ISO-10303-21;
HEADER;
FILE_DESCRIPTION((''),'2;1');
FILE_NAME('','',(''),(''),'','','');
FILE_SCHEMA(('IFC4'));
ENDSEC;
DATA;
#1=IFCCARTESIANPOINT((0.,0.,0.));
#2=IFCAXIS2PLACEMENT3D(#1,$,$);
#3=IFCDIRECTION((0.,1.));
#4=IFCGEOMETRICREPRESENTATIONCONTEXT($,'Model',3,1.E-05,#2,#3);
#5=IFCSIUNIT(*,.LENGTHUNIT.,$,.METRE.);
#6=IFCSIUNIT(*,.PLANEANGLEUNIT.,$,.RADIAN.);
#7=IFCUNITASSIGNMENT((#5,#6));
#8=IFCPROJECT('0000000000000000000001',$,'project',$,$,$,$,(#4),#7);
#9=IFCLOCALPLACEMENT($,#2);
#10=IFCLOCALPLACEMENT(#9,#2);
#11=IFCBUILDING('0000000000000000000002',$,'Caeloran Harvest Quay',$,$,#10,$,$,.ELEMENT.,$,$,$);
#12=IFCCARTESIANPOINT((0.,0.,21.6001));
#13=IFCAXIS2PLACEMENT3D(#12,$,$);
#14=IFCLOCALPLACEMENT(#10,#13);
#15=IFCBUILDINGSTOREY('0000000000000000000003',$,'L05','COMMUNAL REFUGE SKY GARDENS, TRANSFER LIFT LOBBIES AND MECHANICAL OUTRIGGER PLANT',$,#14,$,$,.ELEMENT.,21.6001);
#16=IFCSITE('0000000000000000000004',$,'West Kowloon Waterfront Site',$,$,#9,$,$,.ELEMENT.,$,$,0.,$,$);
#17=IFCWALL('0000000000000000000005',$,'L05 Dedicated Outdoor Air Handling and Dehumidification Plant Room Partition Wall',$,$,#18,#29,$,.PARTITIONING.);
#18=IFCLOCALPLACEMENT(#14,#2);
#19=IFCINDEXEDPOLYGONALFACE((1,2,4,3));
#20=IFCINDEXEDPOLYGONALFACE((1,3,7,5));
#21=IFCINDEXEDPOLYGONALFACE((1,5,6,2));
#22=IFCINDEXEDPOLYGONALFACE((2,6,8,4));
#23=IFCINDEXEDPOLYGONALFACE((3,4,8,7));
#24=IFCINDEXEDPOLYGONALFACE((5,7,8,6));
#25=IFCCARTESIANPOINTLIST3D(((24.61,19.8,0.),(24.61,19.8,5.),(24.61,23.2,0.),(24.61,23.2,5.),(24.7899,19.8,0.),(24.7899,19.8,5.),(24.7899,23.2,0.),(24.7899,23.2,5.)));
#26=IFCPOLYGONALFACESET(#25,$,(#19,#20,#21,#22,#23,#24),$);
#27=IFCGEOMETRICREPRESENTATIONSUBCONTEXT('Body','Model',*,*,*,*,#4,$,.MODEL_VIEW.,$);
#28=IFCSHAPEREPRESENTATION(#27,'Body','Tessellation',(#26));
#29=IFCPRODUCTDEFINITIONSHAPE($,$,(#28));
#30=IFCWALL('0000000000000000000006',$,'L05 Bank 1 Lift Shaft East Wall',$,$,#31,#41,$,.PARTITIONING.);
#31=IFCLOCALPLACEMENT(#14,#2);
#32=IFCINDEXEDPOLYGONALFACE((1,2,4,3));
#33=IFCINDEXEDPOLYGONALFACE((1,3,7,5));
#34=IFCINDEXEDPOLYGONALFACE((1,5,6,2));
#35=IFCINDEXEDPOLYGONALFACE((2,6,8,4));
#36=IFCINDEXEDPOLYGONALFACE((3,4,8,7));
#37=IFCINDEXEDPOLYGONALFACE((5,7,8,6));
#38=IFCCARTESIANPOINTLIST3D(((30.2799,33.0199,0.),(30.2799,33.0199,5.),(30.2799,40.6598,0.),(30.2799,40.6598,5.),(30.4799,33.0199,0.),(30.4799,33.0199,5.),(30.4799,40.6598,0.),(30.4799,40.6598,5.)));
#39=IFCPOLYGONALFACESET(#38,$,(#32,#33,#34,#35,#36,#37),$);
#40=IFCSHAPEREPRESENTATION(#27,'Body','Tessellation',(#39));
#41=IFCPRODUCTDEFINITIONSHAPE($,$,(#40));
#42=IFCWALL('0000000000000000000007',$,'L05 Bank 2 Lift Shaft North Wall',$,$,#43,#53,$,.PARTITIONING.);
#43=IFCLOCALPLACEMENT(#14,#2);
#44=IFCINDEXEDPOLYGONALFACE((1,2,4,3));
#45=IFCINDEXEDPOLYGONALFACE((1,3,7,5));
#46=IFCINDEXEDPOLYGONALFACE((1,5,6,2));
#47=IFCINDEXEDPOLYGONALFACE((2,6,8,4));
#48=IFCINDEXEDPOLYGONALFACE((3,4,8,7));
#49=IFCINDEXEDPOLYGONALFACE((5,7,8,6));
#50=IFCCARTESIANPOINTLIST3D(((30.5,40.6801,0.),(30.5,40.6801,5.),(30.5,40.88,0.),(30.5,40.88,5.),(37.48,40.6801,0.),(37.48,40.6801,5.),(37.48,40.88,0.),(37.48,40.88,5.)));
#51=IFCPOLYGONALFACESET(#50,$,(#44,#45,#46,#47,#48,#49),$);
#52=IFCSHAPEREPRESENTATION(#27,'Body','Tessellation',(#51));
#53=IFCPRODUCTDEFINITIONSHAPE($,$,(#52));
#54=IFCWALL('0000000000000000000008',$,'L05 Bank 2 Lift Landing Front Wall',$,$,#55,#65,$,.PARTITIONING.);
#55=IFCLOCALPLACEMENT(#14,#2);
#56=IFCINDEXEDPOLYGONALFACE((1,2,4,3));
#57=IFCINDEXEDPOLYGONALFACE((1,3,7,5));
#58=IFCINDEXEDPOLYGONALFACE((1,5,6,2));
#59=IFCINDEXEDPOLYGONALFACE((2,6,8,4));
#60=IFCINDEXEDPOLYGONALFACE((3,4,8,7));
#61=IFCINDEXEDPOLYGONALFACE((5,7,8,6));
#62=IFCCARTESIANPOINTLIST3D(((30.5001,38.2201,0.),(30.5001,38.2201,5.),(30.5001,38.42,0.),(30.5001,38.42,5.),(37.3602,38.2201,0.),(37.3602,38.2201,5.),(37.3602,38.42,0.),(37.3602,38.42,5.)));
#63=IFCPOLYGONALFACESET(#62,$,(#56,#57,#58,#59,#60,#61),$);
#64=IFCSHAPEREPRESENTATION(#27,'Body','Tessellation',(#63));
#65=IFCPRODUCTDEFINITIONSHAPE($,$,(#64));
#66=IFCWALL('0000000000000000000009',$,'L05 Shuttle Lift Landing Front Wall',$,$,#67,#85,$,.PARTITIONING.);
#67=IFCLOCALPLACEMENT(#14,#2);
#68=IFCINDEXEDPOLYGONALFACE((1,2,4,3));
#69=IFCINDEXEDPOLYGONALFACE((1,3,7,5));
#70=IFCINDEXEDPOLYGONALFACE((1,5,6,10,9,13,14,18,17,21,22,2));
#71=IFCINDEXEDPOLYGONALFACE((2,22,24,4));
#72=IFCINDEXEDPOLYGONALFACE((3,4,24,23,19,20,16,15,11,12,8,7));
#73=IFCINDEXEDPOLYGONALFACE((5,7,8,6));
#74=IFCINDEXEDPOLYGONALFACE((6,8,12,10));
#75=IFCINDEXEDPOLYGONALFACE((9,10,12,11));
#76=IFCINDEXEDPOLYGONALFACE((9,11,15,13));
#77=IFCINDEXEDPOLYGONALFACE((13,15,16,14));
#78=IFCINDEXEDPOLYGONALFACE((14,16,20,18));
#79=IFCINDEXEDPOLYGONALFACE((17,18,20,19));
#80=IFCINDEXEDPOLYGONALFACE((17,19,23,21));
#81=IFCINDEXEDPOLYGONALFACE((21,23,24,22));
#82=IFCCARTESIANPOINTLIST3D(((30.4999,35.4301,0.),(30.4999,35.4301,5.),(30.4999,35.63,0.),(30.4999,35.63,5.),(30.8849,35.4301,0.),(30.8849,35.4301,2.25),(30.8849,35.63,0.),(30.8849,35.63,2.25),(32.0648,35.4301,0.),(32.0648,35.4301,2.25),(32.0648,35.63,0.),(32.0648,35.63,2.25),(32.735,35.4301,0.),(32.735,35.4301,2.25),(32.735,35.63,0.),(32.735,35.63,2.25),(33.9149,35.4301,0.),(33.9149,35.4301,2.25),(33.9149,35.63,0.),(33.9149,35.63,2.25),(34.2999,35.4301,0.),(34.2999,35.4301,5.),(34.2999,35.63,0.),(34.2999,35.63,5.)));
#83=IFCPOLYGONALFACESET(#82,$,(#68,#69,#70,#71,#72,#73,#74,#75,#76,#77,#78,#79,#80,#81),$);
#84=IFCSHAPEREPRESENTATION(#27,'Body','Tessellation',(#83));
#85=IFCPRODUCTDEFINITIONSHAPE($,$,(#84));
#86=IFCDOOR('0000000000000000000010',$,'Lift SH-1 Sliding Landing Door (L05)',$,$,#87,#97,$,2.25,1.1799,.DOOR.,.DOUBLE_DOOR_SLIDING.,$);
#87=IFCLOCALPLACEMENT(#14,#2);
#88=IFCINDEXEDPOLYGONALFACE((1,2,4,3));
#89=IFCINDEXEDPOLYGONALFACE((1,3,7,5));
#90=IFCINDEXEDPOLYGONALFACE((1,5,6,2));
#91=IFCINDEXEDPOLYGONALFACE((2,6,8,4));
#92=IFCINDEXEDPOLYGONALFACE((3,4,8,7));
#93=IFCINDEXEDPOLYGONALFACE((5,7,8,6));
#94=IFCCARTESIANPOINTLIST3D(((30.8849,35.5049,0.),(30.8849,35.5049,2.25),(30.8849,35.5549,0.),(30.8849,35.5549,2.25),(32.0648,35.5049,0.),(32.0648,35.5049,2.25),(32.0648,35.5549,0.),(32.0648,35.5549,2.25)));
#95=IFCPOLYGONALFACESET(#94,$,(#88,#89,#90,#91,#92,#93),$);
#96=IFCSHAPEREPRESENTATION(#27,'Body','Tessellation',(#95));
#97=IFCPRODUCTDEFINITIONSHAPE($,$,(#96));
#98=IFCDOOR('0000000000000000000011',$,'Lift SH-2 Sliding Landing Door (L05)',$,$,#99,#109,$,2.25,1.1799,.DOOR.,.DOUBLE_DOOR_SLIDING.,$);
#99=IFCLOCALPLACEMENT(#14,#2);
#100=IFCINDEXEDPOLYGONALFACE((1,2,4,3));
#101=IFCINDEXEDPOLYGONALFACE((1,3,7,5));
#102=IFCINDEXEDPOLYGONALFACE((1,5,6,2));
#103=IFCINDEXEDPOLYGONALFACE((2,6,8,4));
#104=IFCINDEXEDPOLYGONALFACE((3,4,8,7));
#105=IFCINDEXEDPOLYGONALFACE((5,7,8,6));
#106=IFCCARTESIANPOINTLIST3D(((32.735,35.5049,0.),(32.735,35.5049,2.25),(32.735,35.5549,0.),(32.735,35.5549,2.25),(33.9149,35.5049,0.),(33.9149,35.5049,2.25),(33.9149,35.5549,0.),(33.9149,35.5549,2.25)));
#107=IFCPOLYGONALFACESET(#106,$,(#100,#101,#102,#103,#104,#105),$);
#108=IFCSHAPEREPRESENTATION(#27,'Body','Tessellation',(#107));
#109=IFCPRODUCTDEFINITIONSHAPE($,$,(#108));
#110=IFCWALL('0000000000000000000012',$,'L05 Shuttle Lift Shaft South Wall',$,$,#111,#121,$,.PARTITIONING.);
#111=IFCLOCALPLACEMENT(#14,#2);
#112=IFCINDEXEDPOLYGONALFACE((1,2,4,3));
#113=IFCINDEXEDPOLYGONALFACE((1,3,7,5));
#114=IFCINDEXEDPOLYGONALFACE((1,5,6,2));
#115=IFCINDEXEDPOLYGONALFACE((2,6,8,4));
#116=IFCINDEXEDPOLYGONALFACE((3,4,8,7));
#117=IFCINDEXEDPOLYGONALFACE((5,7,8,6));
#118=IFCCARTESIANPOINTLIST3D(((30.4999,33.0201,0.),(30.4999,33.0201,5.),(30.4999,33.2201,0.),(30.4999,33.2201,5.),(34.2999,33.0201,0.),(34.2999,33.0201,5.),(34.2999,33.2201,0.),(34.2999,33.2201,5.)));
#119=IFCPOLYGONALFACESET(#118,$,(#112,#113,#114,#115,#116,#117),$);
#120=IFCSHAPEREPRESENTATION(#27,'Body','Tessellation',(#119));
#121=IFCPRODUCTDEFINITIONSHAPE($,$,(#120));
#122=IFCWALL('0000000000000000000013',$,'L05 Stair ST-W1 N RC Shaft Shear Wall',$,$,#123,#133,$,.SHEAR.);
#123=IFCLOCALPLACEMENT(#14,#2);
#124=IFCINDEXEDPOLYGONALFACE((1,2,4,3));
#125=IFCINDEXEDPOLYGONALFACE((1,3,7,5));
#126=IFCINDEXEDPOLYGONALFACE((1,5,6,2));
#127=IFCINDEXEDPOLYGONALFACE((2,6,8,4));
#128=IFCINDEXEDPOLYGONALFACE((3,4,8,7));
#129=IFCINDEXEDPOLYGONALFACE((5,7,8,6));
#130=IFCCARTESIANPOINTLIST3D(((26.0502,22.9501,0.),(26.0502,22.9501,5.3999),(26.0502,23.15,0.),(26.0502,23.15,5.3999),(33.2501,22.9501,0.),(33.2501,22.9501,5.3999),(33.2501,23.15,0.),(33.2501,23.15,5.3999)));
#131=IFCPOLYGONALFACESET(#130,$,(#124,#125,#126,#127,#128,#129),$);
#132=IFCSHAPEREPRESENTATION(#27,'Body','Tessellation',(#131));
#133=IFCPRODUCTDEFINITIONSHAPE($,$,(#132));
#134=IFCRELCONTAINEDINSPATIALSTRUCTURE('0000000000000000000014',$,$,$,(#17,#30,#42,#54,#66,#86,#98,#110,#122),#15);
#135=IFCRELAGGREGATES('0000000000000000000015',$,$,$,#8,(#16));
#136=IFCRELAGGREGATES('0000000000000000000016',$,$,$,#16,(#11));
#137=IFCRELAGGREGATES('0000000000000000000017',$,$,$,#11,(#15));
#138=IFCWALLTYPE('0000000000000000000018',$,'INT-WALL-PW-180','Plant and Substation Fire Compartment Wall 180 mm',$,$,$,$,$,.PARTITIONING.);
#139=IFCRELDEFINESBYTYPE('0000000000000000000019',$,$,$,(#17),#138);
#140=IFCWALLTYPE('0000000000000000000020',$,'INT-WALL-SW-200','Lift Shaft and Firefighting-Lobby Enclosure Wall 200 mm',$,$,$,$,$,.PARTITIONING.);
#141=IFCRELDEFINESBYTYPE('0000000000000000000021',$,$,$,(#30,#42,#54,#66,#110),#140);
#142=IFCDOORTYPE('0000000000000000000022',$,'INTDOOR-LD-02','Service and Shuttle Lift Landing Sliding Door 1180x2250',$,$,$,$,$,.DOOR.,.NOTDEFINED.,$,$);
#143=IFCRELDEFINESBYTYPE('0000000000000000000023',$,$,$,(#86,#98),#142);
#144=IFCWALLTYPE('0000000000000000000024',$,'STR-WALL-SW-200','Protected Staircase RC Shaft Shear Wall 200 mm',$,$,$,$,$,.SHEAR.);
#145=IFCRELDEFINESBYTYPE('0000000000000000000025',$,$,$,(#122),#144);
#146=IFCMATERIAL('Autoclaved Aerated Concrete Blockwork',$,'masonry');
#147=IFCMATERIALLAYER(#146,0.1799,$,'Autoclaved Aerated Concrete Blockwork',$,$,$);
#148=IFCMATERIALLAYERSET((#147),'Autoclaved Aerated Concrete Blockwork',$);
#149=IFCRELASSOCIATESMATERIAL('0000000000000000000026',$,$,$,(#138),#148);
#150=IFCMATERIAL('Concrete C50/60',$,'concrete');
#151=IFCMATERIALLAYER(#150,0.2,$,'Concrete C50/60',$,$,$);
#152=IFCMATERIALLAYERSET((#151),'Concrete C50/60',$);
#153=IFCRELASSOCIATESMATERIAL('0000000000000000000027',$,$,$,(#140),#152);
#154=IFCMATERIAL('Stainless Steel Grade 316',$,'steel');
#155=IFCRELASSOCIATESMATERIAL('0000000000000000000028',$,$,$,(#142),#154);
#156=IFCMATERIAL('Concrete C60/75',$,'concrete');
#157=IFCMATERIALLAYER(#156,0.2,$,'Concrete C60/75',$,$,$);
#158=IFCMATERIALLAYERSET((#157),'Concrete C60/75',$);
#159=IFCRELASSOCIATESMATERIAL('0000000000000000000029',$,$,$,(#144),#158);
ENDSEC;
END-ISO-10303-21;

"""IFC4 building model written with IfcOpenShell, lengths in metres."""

from ifc_helpers import new_model, si_unit, direction, frame, frame_2d, origin, place, context, subcontext, project, spatial, rectangle, extrude, material, layer, layer_set, type_object, element, fill, save


model = new_model("IFC4")

# Units and contexts
model_context = context("Model", 3, precision=1e-05, world=origin(), true_north=direction((0.0, 1.0)))
body_context = subcontext(model_context, "Body", "Model", "MODEL_VIEW")
ifc_project = project(units=[si_unit("LENGTHUNIT", "METRE"), si_unit("PLANEANGLEUNIT", "RADIAN")], contexts=[model_context])

# Site, building, storey
site_placement = place(None, origin())
site = spatial("IfcSite", under=ifc_project, at=site_placement, Name="West Kowloon Waterfront Site", CompositionType="ELEMENT", RefElevation=0.0)
building_placement = place(site_placement, origin())
building = spatial("IfcBuilding", under=site, at=building_placement, Name="Caeloran Harvest Quay", CompositionType="ELEMENT")
storey_placement = place(building_placement, frame((0.0, 0.0, 21.6001)))
storey = spatial("IfcBuildingStorey", under=building, at=storey_placement, Name="L05", Description="COMMUNAL REFUGE SKY GARDENS, TRANSFER LIFT LOBBIES AND MECHANICAL OUTRIGGER PLANT", CompositionType="ELEMENT", Elevation=21.6001)

# Walls
ifc_material_1 = material(Name="Autoclaved Aerated Concrete Blockwork", Category="masonry")
ifc_layer_1 = layer(ifc_material_1, 0.1799, Name="Autoclaved Aerated Concrete Blockwork")
ifc_layer_set_1 = layer_set([ifc_layer_1], Name="Autoclaved Aerated Concrete Blockwork")
wall_type_1 = type_object("IfcWallType", Name="INT-WALL-PW-180", Description="Plant and Substation Fire Compartment Wall 180 mm", PredefinedType="PARTITIONING", material=ifc_layer_set_1)
wall_1_placement = place(storey_placement, frame((24.7, 23.2, 0.0), z_axis=(0.0, 0.0, 1.0), x_axis=(0.0, -1.0, 0.0)))
element("IfcWall", 1, at=wall_1_placement, inside=storey, type_object=wall_type_1, Name="L05 Dedicated Outdoor Air Handling and Dehumidification Plant Room Partition Wall", PredefinedType="PARTITIONING", context=body_context, shape_type="SweptSolid", body=[
    extrude(rectangle(XDim=3.3999, YDim=0.1799, at=frame_2d((1.7, 0.0))), origin(), (0.0, 0.0, 1.0), 5.0),
])
ifc_material_2 = material(Name="Concrete C50/60", Category="concrete")
ifc_layer_2 = layer(ifc_material_2, 0.2, Name="Concrete C50/60")
ifc_layer_set_2 = layer_set([ifc_layer_2], Name="Concrete C50/60")
wall_type_2 = type_object("IfcWallType", Name="INT-WALL-SW-200", Description="Lift Shaft and Firefighting-Lobby Enclosure Wall 200 mm", PredefinedType="PARTITIONING", material=ifc_layer_set_2)
wall_2_placement = place(storey_placement, frame((30.3799, 33.02, 0.0), z_axis=(0.0, 0.0, 1.0), x_axis=(0.0, 1.0, 0.0)))
element("IfcWall", 2, at=wall_2_placement, inside=storey, type_object=wall_type_2, Name="L05 Bank 1 Lift Shaft East Wall", PredefinedType="PARTITIONING", context=body_context, shape_type="SweptSolid", body=[
    extrude(rectangle(XDim=7.6399, YDim=0.2, at=frame_2d((3.8198, 0.0))), origin(), (0.0, 0.0, 1.0), 5.0),
])
wall_3_placement = place(storey_placement, frame((30.5, 40.78, 0.0), z_axis=(0.0, 0.0, 1.0), x_axis=(1.0, 0.0, 0.0)))
element("IfcWall", 3, at=wall_3_placement, inside=storey, type_object=wall_type_2, Name="L05 Bank 2 Lift Shaft North Wall", PredefinedType="PARTITIONING", context=body_context, shape_type="SweptSolid", body=[
    extrude(rectangle(XDim=6.98, YDim=0.2, at=frame_2d((3.49, 0.0))), origin(), (0.0, 0.0, 1.0), 5.0),
])
wall_4_placement = place(storey_placement, frame((30.5, 38.3201, 0.0), z_axis=(0.0, 0.0, 1.0), x_axis=(1.0, 0.0, 0.0)))
element("IfcWall", 4, at=wall_4_placement, inside=storey, type_object=wall_type_2, Name="L05 Bank 2 Lift Landing Front Wall", PredefinedType="PARTITIONING", context=body_context, shape_type="SweptSolid", body=[
    extrude(rectangle(XDim=6.8601, YDim=0.2, at=frame_2d((3.4302, 0.0))), origin(), (0.0, 0.0, 1.0), 5.0),
])

# Wall, openings, doors
wall_5_placement = place(storey_placement, frame((30.5, 35.53, 0.0), z_axis=(0.0, 0.0, 1.0), x_axis=(1.0, 0.0, 0.0)))
wall_5 = element("IfcWall", 5, at=wall_5_placement, inside=storey, type_object=wall_type_2, Name="L05 Shuttle Lift Landing Front Wall", PredefinedType="PARTITIONING", context=body_context, shape_type="SweptSolid", body=[
    extrude(rectangle(XDim=3.8, YDim=0.2, at=frame_2d((1.8999, 0.0))), origin(), (0.0, 0.0, 1.0), 5.0),
])
opening_1_placement = place(wall_5_placement, frame((0.385, 0.0, 0.0)))
opening_1 = element("IfcOpeningElement", 6, at=opening_1_placement, cuts=wall_5, PredefinedType="OPENING", context=body_context, shape_type="SweptSolid", body=[
    extrude(rectangle(XDim=1.1799, YDim=2.25, at=frame_2d((0.5898, 1.125))), frame((0.0, 0.1099, 0.0), z_axis=(0.0, -1.0, 0.0), x_axis=(1.0, 0.0, 0.0)), (0.0, 0.0, 1.0), 0.22),
])
opening_2_placement = place(wall_5_placement, frame((2.2351, 0.0, 0.0)))
opening_2 = element("IfcOpeningElement", 7, at=opening_2_placement, cuts=wall_5, PredefinedType="OPENING", context=body_context, shape_type="SweptSolid", body=[
    extrude(rectangle(XDim=1.1799, YDim=2.25, at=frame_2d((0.5898, 1.125))), frame((0.0, 0.1099, 0.0), z_axis=(0.0, -1.0, 0.0), x_axis=(1.0, 0.0, 0.0)), (0.0, 0.0, 1.0), 0.22),
])
ifc_material_3 = material(Name="Stainless Steel Grade 316", Category="steel")
door_type = type_object("IfcDoorType", Name="INTDOOR-LD-02", Description="Service and Shuttle Lift Landing Sliding Door 1180x2250", OperationType="NOTDEFINED", PredefinedType="DOOR", material=ifc_material_3)
door_1_placement = place(opening_1_placement, origin())
door_1 = element("IfcDoor", 8, at=door_1_placement, inside=storey, type_object=door_type, Name="Lift SH-1 Sliding Landing Door (L05)", OperationType="DOUBLE_DOOR_SLIDING", OverallHeight=2.25, OverallWidth=1.1799, PredefinedType="DOOR", context=body_context, shape_type="SweptSolid", body=[
    extrude(rectangle(XDim=1.1799, YDim=2.25, at=frame_2d((0.5898, 1.125))), frame((0.0, 0.0249, 0.0), z_axis=(0.0, -1.0, 0.0), x_axis=(1.0, 0.0, 0.0)), (0.0, 0.0, 1.0), 0.05),
])
fill(opening_1, door_1)
door_2_placement = place(opening_2_placement, origin())
door_2 = element("IfcDoor", 9, at=door_2_placement, inside=storey, type_object=door_type, Name="Lift SH-2 Sliding Landing Door (L05)", OperationType="DOUBLE_DOOR_SLIDING", OverallHeight=2.25, OverallWidth=1.1799, PredefinedType="DOOR", context=body_context, shape_type="SweptSolid", body=[
    extrude(rectangle(XDim=1.1799, YDim=2.25, at=frame_2d((0.5898, 1.125))), frame((0.0, 0.0249, 0.0), z_axis=(0.0, -1.0, 0.0), x_axis=(1.0, 0.0, 0.0)), (0.0, 0.0, 1.0), 0.05),
])
fill(opening_2, door_2)

# Walls
wall_6_placement = place(storey_placement, frame((30.5, 33.1201, 0.0), z_axis=(0.0, 0.0, 1.0), x_axis=(1.0, 0.0, 0.0)))
element("IfcWall", 10, at=wall_6_placement, inside=storey, type_object=wall_type_2, Name="L05 Shuttle Lift Shaft South Wall", PredefinedType="PARTITIONING", context=body_context, shape_type="SweptSolid", body=[
    extrude(rectangle(XDim=3.8, YDim=0.2, at=frame_2d((1.8999, 0.0))), origin(), (0.0, 0.0, 1.0), 5.0),
])
ifc_material_4 = material(Name="Concrete C60/75", Category="concrete")
ifc_layer_3 = layer(ifc_material_4, 0.2, Name="Concrete C60/75")
ifc_layer_set_3 = layer_set([ifc_layer_3], Name="Concrete C60/75")
wall_type_3 = type_object("IfcWallType", Name="STR-WALL-SW-200", Description="Protected Staircase RC Shaft Shear Wall 200 mm", PredefinedType="SHEAR", material=ifc_layer_set_3)
wall_7_placement = place(storey_placement, frame((26.05, 23.05, 0.0), z_axis=(0.0, 0.0, 1.0), x_axis=(1.0, 0.0, 0.0)))
element("IfcWall", 11, at=wall_7_placement, inside=storey, type_object=wall_type_3, Name="L05 Stair ST-W1 N RC Shaft Shear Wall", PredefinedType="SHEAR", context=body_context, shape_type="SweptSolid", body=[
    extrude(rectangle(XDim=7.2, YDim=0.2, at=frame_2d((3.6001, 0.0))), origin(), (0.0, 0.0, 1.0), 5.3999),
])

save(model, "model.ifc")
